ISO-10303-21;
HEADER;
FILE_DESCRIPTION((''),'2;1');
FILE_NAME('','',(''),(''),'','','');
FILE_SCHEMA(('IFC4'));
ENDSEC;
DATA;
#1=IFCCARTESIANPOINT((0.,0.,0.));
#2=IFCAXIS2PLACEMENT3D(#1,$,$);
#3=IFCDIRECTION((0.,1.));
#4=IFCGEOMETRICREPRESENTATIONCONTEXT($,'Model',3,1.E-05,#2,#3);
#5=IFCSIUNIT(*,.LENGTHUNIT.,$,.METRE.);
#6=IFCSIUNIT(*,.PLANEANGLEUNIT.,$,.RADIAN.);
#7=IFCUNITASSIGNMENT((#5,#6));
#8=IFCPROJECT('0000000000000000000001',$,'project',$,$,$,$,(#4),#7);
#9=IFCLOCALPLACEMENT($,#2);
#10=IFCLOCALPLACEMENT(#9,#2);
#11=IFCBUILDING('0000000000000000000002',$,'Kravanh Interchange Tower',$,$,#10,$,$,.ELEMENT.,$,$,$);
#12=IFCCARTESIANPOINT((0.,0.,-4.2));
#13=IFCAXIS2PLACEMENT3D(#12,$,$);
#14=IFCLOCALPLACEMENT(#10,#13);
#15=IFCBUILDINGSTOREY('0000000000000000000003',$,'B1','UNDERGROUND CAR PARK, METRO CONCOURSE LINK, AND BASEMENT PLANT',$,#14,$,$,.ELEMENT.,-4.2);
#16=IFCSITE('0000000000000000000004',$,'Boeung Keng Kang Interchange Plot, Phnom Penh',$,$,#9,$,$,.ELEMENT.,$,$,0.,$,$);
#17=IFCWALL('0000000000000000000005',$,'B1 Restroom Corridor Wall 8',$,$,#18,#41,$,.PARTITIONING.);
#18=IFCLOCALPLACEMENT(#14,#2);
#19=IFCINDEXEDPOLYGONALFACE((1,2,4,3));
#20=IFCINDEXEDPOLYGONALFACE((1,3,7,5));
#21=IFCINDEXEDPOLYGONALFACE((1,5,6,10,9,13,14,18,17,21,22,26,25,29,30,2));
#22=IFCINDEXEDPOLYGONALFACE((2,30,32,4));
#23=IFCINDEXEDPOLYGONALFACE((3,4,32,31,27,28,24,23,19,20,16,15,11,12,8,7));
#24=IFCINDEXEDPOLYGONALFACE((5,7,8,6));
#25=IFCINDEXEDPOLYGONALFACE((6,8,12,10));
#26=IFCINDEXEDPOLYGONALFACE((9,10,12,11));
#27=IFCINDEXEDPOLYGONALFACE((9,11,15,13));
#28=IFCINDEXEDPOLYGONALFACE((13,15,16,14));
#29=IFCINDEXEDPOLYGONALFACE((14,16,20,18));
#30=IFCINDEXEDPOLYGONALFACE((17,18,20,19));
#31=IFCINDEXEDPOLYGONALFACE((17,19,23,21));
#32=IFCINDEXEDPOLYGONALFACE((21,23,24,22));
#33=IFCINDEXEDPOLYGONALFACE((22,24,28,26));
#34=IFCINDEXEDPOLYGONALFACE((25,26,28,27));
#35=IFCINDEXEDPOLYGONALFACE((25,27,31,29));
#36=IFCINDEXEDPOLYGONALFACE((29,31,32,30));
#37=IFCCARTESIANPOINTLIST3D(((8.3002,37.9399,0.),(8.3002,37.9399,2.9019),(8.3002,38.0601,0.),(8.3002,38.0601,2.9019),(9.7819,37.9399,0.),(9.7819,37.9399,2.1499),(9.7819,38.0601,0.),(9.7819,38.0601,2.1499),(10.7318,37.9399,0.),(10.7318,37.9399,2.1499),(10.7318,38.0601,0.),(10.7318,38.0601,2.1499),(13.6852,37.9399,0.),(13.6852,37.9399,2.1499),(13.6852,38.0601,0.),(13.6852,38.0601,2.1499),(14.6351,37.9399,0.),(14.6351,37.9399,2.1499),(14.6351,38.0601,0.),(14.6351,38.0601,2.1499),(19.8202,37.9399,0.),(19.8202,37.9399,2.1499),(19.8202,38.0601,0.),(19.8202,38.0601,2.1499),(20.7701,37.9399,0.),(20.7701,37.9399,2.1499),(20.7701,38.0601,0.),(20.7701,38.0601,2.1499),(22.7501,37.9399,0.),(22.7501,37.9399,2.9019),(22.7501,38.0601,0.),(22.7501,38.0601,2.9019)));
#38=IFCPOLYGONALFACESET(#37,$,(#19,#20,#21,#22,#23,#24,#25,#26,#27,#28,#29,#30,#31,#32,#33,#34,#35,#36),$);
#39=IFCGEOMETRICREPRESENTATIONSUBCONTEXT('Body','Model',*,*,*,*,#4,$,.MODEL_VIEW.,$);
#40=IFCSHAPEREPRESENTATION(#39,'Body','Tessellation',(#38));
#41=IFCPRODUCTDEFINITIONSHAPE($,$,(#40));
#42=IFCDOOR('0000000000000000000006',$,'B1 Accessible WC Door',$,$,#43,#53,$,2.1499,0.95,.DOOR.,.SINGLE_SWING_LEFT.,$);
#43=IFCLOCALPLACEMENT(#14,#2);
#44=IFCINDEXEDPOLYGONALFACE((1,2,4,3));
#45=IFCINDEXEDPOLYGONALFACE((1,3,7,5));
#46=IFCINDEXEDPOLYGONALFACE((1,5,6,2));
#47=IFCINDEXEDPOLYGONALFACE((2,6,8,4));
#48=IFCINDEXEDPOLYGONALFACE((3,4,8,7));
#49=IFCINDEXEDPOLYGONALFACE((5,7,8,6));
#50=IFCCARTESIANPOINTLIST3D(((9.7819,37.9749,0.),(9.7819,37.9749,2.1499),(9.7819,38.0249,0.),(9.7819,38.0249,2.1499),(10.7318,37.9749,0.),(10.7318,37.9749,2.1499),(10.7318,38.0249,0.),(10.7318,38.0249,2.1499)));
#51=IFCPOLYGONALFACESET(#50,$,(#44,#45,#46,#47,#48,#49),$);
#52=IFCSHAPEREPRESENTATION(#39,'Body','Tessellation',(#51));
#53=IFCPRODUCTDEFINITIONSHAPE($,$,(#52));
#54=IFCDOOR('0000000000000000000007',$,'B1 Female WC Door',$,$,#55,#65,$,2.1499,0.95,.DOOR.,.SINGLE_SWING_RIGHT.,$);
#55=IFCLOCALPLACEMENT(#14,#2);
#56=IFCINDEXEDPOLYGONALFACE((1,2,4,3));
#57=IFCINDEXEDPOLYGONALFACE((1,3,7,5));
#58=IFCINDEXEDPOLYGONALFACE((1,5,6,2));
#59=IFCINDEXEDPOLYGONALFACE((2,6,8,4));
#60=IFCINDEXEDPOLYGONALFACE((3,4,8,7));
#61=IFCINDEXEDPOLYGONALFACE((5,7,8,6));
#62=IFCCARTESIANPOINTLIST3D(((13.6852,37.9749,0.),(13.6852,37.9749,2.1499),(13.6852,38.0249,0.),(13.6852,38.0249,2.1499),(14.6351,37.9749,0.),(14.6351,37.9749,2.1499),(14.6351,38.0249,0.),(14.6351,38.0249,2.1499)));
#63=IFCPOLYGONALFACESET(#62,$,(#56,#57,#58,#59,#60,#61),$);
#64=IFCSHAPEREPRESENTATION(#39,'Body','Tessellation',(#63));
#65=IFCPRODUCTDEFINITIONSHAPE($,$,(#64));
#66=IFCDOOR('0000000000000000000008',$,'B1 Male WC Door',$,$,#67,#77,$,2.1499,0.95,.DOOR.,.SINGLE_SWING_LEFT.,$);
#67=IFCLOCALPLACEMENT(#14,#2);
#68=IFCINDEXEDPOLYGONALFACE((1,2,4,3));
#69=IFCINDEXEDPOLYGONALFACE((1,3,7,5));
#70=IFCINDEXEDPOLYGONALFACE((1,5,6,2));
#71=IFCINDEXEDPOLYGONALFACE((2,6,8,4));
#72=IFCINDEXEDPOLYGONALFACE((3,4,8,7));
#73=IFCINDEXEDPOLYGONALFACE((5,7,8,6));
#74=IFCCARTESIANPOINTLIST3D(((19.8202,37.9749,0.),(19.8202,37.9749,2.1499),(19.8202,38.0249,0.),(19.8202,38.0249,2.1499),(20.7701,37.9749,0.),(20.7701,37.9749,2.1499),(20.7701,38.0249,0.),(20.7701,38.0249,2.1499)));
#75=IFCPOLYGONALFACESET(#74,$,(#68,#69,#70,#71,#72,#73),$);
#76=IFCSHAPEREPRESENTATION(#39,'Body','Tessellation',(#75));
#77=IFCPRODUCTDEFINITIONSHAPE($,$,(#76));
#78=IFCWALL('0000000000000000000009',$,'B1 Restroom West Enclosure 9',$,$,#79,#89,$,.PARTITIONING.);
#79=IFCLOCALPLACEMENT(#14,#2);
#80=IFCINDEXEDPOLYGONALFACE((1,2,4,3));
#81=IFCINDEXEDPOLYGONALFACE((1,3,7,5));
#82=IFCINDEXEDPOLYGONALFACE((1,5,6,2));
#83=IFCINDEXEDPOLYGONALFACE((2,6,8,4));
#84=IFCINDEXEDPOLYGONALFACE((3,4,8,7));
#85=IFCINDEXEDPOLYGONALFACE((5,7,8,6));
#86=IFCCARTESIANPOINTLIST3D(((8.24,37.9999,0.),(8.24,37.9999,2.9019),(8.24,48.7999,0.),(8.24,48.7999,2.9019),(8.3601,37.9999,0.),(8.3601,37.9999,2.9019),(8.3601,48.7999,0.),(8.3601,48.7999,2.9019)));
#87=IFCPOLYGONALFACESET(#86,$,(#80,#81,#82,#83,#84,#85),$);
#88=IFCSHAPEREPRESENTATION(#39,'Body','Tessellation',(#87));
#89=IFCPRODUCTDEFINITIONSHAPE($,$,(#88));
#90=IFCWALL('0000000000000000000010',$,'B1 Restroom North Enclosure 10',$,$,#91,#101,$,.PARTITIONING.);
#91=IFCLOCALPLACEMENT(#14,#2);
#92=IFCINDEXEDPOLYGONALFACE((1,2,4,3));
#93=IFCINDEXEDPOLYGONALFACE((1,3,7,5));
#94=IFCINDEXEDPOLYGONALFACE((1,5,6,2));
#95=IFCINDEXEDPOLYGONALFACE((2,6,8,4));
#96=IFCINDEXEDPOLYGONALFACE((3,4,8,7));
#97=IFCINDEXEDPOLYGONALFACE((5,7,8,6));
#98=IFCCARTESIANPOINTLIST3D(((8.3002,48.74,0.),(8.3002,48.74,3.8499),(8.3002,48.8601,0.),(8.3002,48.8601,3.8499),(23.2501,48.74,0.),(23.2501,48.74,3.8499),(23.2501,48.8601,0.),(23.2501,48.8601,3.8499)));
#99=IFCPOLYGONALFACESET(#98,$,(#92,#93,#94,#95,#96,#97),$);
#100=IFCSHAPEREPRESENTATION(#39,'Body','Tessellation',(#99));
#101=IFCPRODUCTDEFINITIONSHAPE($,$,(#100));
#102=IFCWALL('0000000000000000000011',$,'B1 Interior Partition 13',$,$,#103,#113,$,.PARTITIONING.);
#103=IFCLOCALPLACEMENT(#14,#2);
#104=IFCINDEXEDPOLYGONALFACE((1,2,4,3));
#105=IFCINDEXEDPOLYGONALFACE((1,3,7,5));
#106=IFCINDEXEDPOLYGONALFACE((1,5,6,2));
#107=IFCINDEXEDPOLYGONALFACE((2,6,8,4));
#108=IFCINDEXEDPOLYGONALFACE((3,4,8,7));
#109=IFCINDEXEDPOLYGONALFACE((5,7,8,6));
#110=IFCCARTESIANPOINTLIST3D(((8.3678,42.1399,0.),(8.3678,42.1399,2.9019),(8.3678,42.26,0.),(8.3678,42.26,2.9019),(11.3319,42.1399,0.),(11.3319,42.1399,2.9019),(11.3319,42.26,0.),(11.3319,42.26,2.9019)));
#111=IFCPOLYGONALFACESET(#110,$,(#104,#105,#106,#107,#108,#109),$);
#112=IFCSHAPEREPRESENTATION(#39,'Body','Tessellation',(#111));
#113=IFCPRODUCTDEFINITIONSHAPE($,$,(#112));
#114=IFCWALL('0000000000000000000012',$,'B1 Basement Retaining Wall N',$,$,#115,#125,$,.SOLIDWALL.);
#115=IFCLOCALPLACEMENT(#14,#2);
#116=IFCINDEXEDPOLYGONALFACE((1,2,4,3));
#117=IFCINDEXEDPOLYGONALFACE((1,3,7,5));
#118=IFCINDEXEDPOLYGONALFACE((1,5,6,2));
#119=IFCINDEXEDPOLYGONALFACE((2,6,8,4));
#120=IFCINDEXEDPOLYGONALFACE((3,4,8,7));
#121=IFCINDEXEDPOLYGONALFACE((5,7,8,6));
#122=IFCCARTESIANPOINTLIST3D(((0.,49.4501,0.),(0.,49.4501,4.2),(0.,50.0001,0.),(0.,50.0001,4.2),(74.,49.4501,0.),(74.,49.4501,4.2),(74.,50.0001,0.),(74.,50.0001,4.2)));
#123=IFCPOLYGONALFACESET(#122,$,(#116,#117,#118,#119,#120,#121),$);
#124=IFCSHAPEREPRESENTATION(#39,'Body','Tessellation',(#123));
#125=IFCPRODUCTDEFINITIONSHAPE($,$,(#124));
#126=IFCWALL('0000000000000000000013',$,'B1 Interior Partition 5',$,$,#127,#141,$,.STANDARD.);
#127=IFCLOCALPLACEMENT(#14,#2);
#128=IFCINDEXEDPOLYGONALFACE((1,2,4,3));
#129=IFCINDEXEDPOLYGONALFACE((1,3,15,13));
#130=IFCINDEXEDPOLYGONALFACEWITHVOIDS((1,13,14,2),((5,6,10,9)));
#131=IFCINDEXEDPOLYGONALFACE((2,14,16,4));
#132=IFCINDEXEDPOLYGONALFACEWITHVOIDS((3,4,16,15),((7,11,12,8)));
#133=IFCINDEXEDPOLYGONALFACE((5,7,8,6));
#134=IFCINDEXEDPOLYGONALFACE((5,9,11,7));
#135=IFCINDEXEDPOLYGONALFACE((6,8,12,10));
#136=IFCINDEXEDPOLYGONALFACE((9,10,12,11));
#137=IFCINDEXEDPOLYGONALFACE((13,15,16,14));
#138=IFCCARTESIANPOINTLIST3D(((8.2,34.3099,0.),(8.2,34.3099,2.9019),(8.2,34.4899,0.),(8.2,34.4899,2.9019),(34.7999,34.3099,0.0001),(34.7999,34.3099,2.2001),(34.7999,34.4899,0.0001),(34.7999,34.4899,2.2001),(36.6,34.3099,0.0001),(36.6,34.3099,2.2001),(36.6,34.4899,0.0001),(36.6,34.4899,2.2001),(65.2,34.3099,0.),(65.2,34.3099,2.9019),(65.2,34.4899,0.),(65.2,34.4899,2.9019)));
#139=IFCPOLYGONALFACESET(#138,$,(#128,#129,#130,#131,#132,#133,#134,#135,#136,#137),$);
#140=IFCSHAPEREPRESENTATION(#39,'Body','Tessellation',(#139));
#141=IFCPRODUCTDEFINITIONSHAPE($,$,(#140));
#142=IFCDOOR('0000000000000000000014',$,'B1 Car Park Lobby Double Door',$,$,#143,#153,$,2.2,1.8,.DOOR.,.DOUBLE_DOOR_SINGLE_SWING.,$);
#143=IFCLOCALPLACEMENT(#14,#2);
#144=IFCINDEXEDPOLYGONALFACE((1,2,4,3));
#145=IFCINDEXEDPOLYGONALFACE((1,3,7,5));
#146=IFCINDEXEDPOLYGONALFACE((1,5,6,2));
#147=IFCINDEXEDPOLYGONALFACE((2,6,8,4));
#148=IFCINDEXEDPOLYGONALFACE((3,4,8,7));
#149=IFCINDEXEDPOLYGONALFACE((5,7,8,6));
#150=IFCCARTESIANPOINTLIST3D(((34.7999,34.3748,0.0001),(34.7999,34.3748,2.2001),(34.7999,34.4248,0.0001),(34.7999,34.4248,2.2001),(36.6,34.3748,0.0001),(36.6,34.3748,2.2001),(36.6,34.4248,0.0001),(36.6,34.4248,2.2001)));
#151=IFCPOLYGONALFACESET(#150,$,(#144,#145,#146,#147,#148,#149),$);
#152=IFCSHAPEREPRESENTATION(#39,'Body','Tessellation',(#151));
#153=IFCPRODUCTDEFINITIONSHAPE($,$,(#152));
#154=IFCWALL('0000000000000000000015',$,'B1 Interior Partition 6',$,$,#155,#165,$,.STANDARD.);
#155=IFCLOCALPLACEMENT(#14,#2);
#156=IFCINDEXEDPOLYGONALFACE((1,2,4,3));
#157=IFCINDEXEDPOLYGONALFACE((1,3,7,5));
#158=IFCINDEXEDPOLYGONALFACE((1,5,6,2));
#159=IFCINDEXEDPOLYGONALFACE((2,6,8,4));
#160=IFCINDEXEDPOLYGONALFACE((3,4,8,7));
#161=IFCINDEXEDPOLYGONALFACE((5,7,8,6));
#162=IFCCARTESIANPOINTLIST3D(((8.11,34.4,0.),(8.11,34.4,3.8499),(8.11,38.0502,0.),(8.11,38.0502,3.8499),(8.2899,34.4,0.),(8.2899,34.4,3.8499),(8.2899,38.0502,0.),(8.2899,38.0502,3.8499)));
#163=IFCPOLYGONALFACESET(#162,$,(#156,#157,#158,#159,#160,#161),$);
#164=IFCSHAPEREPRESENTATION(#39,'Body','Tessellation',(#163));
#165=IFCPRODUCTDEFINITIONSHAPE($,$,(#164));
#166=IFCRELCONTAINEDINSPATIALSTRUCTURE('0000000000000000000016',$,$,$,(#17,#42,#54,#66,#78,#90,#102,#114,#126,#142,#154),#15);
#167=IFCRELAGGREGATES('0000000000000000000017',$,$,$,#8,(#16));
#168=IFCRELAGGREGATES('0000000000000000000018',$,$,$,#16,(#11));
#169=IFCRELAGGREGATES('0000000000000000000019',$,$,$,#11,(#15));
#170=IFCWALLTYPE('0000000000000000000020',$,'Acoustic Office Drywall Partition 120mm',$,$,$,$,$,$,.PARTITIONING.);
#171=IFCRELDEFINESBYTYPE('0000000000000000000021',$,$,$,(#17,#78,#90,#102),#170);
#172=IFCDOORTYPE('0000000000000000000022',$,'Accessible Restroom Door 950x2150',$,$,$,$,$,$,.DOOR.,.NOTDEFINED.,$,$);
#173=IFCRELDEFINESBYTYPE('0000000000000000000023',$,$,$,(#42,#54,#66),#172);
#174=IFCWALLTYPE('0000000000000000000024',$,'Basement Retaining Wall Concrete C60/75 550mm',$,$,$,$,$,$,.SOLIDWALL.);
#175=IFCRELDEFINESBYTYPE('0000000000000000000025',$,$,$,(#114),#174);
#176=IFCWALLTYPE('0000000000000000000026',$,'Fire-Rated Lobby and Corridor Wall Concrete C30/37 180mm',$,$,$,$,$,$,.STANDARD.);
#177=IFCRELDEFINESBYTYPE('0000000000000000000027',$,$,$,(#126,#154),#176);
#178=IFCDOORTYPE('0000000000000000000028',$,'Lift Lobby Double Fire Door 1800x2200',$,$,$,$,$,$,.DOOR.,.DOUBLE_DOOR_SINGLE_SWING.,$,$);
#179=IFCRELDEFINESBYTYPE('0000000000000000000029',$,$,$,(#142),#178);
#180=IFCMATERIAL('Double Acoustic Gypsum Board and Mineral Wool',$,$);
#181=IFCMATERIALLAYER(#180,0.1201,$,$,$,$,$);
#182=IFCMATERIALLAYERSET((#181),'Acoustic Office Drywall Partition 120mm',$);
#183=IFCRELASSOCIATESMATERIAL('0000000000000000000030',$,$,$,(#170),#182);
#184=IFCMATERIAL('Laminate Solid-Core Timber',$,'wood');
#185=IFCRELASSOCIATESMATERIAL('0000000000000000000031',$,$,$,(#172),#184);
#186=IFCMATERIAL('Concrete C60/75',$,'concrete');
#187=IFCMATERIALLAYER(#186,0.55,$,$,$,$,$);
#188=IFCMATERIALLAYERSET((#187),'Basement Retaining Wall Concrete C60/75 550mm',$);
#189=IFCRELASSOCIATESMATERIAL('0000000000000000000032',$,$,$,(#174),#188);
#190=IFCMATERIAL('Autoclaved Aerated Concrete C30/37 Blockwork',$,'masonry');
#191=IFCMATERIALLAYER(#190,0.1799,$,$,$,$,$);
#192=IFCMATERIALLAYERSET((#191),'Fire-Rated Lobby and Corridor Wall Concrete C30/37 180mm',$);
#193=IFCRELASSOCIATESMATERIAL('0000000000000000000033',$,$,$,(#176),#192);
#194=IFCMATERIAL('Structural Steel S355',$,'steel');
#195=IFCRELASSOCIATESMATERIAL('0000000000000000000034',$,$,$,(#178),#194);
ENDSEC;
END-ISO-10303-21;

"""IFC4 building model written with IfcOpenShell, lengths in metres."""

from ifc_helpers import new_model, si_unit, direction, frame, frame_2d, origin, place, context, subcontext, project, spatial, rectangle, extrude, material, layer, layer_set, type_object, element, fill, save


model = new_model("IFC4")

# Units and contexts
model_context = context("Model", 3, precision=1e-05, world=origin(), true_north=direction((0.0, 1.0)))
body_context = subcontext(model_context, "Body", "Model", "MODEL_VIEW")
ifc_project = project(units=[si_unit("LENGTHUNIT", "METRE"), si_unit("PLANEANGLEUNIT", "RADIAN")], contexts=[model_context])

# Site, building, storey
site_placement = place(None, origin())
site = spatial("IfcSite", under=ifc_project, at=site_placement, Name="Boeung Keng Kang Interchange Plot, Phnom Penh", CompositionType="ELEMENT", RefElevation=0.0)
building_placement = place(site_placement, origin())
building = spatial("IfcBuilding", under=site, at=building_placement, Name="Kravanh Interchange Tower", CompositionType="ELEMENT")
storey_placement = place(building_placement, frame((0.0, 0.0, -4.2)))
storey = spatial("IfcBuildingStorey", under=building, at=storey_placement, Name="B1", Description="UNDERGROUND CAR PARK, METRO CONCOURSE LINK, AND BASEMENT PLANT", CompositionType="ELEMENT", Elevation=-4.2)

# Wall, openings, doors
ifc_material_1 = material(Name="Double Acoustic Gypsum Board and Mineral Wool")
ifc_layer_1 = layer(ifc_material_1, 0.1201)
ifc_layer_set_1 = layer_set([ifc_layer_1], Name="Acoustic Office Drywall Partition 120mm")
wall_type_1 = type_object("IfcWallType", Name="Acoustic Office Drywall Partition 120mm", PredefinedType="PARTITIONING", material=ifc_layer_set_1)
wall_1_placement = place(storey_placement, frame((8.3, 38.0, 0.0), z_axis=(0.0, 0.0, 1.0), x_axis=(1.0, 0.0, 0.0)))
wall_1 = element("IfcWall", 1, at=wall_1_placement, inside=storey, type_object=wall_type_1, Name="B1 Restroom Corridor Wall 8", PredefinedType="PARTITIONING", context=body_context, shape_type="SweptSolid", body=[
    extrude(rectangle(XDim=14.45, YDim=0.1201, at=frame_2d((7.2251, 0.0))), origin(), (0.0, 0.0, 1.0), 2.9019),
])
opening_1_placement = place(wall_1_placement, frame((1.4817, 0.0, 0.0)))
opening_1 = element("IfcOpeningElement", 2, at=opening_1_placement, cuts=wall_1, PredefinedType="OPENING", context=body_context, shape_type="SweptSolid", body=[
    extrude(rectangle(XDim=0.95, YDim=2.1499, at=frame_2d((0.4751, 1.075))), frame((0.0, 0.0701, 0.0), z_axis=(0.0, -1.0, 0.0), x_axis=(1.0, 0.0, 0.0)), (0.0, 0.0, 1.0), 0.1401),
])
opening_2_placement = place(wall_1_placement, frame((5.385, 0.0, 0.0)))
opening_2 = element("IfcOpeningElement", 3, at=opening_2_placement, cuts=wall_1, PredefinedType="OPENING", context=body_context, shape_type="SweptSolid", body=[
    extrude(rectangle(XDim=0.95, YDim=2.1499, at=frame_2d((0.4751, 1.075))), frame((0.0, 0.0701, 0.0), z_axis=(0.0, -1.0, 0.0), x_axis=(1.0, 0.0, 0.0)), (0.0, 0.0, 1.0), 0.1401),
])
opening_3_placement = place(wall_1_placement, frame((11.52, 0.0, 0.0)))
opening_3 = element("IfcOpeningElement", 4, at=opening_3_placement, cuts=wall_1, PredefinedType="OPENING", context=body_context, shape_type="SweptSolid", body=[
    extrude(rectangle(XDim=0.95, YDim=2.1499, at=frame_2d((0.4751, 1.075))), frame((0.0, 0.0701, 0.0), z_axis=(0.0, -1.0, 0.0), x_axis=(1.0, 0.0, 0.0)), (0.0, 0.0, 1.0), 0.1401),
])
ifc_material_2 = material(Name="Laminate Solid-Core Timber", Category="wood")
door_type_1 = type_object("IfcDoorType", Name="Accessible Restroom Door 950x2150", OperationType="NOTDEFINED", PredefinedType="DOOR", material=ifc_material_2)
door_1_placement = place(opening_1_placement, origin())
door_1 = element("IfcDoor", 5, at=door_1_placement, inside=storey, type_object=door_type_1, Name="B1 Accessible WC Door", OperationType="SINGLE_SWING_LEFT", OverallHeight=2.1499, OverallWidth=0.95, PredefinedType="DOOR", context=body_context, shape_type="SweptSolid", body=[
    extrude(rectangle(XDim=0.95, YDim=2.1499, at=frame_2d((0.4751, 1.075))), frame((0.0, 0.0249, 0.0), z_axis=(0.0, -1.0, 0.0), x_axis=(1.0, 0.0, 0.0)), (0.0, 0.0, 1.0), 0.05),
])
fill(opening_1, door_1)
door_2_placement = place(opening_2_placement, origin())
door_2 = element("IfcDoor", 6, at=door_2_placement, inside=storey, type_object=door_type_1, Name="B1 Female WC Door", OperationType="SINGLE_SWING_RIGHT", OverallHeight=2.1499, OverallWidth=0.95, PredefinedType="DOOR", context=body_context, shape_type="SweptSolid", body=[
    extrude(rectangle(XDim=0.95, YDim=2.1499, at=frame_2d((0.4751, 1.075))), frame((0.0, 0.0249, 0.0), z_axis=(0.0, -1.0, 0.0), x_axis=(1.0, 0.0, 0.0)), (0.0, 0.0, 1.0), 0.05),
])
fill(opening_2, door_2)
door_3_placement = place(opening_3_placement, origin())
door_3 = element("IfcDoor", 7, at=door_3_placement, inside=storey, type_object=door_type_1, Name="B1 Male WC Door", OperationType="SINGLE_SWING_LEFT", OverallHeight=2.1499, OverallWidth=0.95, PredefinedType="DOOR", context=body_context, shape_type="SweptSolid", body=[
    extrude(rectangle(XDim=0.95, YDim=2.1499, at=frame_2d((0.4751, 1.075))), frame((0.0, 0.0249, 0.0), z_axis=(0.0, -1.0, 0.0), x_axis=(1.0, 0.0, 0.0)), (0.0, 0.0, 1.0), 0.05),
])
fill(opening_3, door_3)

# Walls
wall_2_placement = place(storey_placement, frame((8.3, 38.0, 0.0), z_axis=(0.0, 0.0, 1.0), x_axis=(0.0, 1.0, 0.0)))
element("IfcWall", 8, at=wall_2_placement, inside=storey, type_object=wall_type_1, Name="B1 Restroom West Enclosure 9", PredefinedType="PARTITIONING", context=body_context, shape_type="SweptSolid", body=[
    extrude(rectangle(XDim=10.8, YDim=0.1201, at=frame_2d((5.3999, 0.0))), origin(), (0.0, 0.0, 1.0), 2.9019),
])
wall_3_placement = place(storey_placement, frame((8.3, 48.8, 0.0), z_axis=(0.0, 0.0, 1.0), x_axis=(1.0, 0.0, 0.0)))
element("IfcWall", 9, at=wall_3_placement, inside=storey, type_object=wall_type_1, Name="B1 Restroom North Enclosure 10", PredefinedType="PARTITIONING", context=body_context, shape_type="SweptSolid", body=[
    extrude(rectangle(XDim=14.95, YDim=0.1201, at=frame_2d((7.4751, 0.0))), origin(), (0.0, 0.0, 1.0), 3.8499),
])
wall_4_placement = place(storey_placement, frame((8.3679, 42.2, 0.0), z_axis=(0.0, 0.0, 1.0), x_axis=(1.0, 0.0, 0.0)))
element("IfcWall", 10, at=wall_4_placement, inside=storey, type_object=wall_type_1, Name="B1 Interior Partition 13", PredefinedType="PARTITIONING", context=body_context, shape_type="SweptSolid", body=[
    extrude(rectangle(XDim=2.9641, YDim=0.1201, at=frame_2d((1.4819, 0.0))), origin(), (0.0, 0.0, 1.0), 2.9019),
])
ifc_material_3 = material(Name="Concrete C60/75", Category="concrete")
ifc_layer_2 = layer(ifc_material_3, 0.55)
ifc_layer_set_2 = layer_set([ifc_layer_2], Name="Basement Retaining Wall Concrete C60/75 550mm")
wall_type_2 = type_object("IfcWallType", Name="Basement Retaining Wall Concrete C60/75 550mm", PredefinedType="SOLIDWALL", material=ifc_layer_set_2)
wall_5_placement = place(storey_placement, frame((0.0, 49.7251, 0.0), z_axis=(0.0, 0.0, 1.0), x_axis=(1.0, 0.0, 0.0)))
element("IfcWall", 11, at=wall_5_placement, inside=storey, type_object=wall_type_2, Name="B1 Basement Retaining Wall N", PredefinedType="SOLIDWALL", context=body_context, shape_type="SweptSolid", body=[
    extrude(rectangle(XDim=74.0, YDim=0.55, at=frame_2d((37.0, 0.0))), origin(), (0.0, 0.0, 1.0), 4.2),
])

# Wall, opening, door
ifc_material_4 = material(Name="Autoclaved Aerated Concrete C30/37 Blockwork", Category="masonry")
ifc_layer_3 = layer(ifc_material_4, 0.1799)
ifc_layer_set_3 = layer_set([ifc_layer_3], Name="Fire-Rated Lobby and Corridor Wall Concrete C30/37 180mm")
wall_type_3 = type_object("IfcWallType", Name="Fire-Rated Lobby and Corridor Wall Concrete C30/37 180mm", PredefinedType="STANDARD", material=ifc_layer_set_3)
wall_6_placement = place(storey_placement, frame((8.2, 34.3999, 0.0), z_axis=(0.0, 0.0, 1.0), x_axis=(1.0, 0.0, 0.0)))
wall_6 = element("IfcWall", 12, at=wall_6_placement, inside=storey, type_object=wall_type_3, Name="B1 Interior Partition 5", PredefinedType="STANDARD", context=body_context, shape_type="SweptSolid", body=[
    extrude(rectangle(XDim=57.0, YDim=0.1799, at=frame_2d((28.5, 0.0))), origin(), (0.0, 0.0, 1.0), 2.9019),
])
opening_4_placement = place(wall_6_placement, frame((26.6001, 0.0, 0.0)))
opening_4 = element("IfcOpeningElement", 13, at=opening_4_placement, cuts=wall_6, PredefinedType="OPENING", context=body_context, shape_type="SweptSolid", body=[
    extrude(rectangle(XDim=1.8, YDim=2.2, at=frame_2d((0.8999, 1.1001))), frame((0.0, 0.1001, 0.0), z_axis=(0.0, -1.0, 0.0), x_axis=(1.0, 0.0, 0.0)), (0.0, 0.0, 1.0), 0.2),
])
ifc_material_5 = material(Name="Structural Steel S355", Category="steel")
door_type_2 = type_object("IfcDoorType", Name="Lift Lobby Double Fire Door 1800x2200", OperationType="DOUBLE_DOOR_SINGLE_SWING", PredefinedType="DOOR", material=ifc_material_5)
door_4_placement = place(opening_4_placement, origin())
door_4 = element("IfcDoor", 14, at=door_4_placement, inside=storey, type_object=door_type_2, Name="B1 Car Park Lobby Double Door", OperationType="DOUBLE_DOOR_SINGLE_SWING", OverallHeight=2.2, OverallWidth=1.8, PredefinedType="DOOR", context=body_context, shape_type="SweptSolid", body=[
    extrude(rectangle(XDim=1.8, YDim=2.2, at=frame_2d((0.8999, 1.1001))), frame((0.0, 0.0249, 0.0), z_axis=(0.0, -1.0, 0.0), x_axis=(1.0, 0.0, 0.0)), (0.0, 0.0, 1.0), 0.05),
])
fill(opening_4, door_4)

# Wall
wall_7_placement = place(storey_placement, frame((8.2, 34.3999, 0.0), z_axis=(0.0, 0.0, 1.0), x_axis=(0.0, 1.0, 0.0)))
element("IfcWall", 15, at=wall_7_placement, inside=storey, type_object=wall_type_3, Name="B1 Interior Partition 6", PredefinedType="STANDARD", context=body_context, shape_type="SweptSolid", body=[
    extrude(rectangle(XDim=3.6501, YDim=0.1799, at=frame_2d((1.8252, 0.0))), origin(), (0.0, 0.0, 1.0), 3.8499),
])

save(model, "model.ifc")
